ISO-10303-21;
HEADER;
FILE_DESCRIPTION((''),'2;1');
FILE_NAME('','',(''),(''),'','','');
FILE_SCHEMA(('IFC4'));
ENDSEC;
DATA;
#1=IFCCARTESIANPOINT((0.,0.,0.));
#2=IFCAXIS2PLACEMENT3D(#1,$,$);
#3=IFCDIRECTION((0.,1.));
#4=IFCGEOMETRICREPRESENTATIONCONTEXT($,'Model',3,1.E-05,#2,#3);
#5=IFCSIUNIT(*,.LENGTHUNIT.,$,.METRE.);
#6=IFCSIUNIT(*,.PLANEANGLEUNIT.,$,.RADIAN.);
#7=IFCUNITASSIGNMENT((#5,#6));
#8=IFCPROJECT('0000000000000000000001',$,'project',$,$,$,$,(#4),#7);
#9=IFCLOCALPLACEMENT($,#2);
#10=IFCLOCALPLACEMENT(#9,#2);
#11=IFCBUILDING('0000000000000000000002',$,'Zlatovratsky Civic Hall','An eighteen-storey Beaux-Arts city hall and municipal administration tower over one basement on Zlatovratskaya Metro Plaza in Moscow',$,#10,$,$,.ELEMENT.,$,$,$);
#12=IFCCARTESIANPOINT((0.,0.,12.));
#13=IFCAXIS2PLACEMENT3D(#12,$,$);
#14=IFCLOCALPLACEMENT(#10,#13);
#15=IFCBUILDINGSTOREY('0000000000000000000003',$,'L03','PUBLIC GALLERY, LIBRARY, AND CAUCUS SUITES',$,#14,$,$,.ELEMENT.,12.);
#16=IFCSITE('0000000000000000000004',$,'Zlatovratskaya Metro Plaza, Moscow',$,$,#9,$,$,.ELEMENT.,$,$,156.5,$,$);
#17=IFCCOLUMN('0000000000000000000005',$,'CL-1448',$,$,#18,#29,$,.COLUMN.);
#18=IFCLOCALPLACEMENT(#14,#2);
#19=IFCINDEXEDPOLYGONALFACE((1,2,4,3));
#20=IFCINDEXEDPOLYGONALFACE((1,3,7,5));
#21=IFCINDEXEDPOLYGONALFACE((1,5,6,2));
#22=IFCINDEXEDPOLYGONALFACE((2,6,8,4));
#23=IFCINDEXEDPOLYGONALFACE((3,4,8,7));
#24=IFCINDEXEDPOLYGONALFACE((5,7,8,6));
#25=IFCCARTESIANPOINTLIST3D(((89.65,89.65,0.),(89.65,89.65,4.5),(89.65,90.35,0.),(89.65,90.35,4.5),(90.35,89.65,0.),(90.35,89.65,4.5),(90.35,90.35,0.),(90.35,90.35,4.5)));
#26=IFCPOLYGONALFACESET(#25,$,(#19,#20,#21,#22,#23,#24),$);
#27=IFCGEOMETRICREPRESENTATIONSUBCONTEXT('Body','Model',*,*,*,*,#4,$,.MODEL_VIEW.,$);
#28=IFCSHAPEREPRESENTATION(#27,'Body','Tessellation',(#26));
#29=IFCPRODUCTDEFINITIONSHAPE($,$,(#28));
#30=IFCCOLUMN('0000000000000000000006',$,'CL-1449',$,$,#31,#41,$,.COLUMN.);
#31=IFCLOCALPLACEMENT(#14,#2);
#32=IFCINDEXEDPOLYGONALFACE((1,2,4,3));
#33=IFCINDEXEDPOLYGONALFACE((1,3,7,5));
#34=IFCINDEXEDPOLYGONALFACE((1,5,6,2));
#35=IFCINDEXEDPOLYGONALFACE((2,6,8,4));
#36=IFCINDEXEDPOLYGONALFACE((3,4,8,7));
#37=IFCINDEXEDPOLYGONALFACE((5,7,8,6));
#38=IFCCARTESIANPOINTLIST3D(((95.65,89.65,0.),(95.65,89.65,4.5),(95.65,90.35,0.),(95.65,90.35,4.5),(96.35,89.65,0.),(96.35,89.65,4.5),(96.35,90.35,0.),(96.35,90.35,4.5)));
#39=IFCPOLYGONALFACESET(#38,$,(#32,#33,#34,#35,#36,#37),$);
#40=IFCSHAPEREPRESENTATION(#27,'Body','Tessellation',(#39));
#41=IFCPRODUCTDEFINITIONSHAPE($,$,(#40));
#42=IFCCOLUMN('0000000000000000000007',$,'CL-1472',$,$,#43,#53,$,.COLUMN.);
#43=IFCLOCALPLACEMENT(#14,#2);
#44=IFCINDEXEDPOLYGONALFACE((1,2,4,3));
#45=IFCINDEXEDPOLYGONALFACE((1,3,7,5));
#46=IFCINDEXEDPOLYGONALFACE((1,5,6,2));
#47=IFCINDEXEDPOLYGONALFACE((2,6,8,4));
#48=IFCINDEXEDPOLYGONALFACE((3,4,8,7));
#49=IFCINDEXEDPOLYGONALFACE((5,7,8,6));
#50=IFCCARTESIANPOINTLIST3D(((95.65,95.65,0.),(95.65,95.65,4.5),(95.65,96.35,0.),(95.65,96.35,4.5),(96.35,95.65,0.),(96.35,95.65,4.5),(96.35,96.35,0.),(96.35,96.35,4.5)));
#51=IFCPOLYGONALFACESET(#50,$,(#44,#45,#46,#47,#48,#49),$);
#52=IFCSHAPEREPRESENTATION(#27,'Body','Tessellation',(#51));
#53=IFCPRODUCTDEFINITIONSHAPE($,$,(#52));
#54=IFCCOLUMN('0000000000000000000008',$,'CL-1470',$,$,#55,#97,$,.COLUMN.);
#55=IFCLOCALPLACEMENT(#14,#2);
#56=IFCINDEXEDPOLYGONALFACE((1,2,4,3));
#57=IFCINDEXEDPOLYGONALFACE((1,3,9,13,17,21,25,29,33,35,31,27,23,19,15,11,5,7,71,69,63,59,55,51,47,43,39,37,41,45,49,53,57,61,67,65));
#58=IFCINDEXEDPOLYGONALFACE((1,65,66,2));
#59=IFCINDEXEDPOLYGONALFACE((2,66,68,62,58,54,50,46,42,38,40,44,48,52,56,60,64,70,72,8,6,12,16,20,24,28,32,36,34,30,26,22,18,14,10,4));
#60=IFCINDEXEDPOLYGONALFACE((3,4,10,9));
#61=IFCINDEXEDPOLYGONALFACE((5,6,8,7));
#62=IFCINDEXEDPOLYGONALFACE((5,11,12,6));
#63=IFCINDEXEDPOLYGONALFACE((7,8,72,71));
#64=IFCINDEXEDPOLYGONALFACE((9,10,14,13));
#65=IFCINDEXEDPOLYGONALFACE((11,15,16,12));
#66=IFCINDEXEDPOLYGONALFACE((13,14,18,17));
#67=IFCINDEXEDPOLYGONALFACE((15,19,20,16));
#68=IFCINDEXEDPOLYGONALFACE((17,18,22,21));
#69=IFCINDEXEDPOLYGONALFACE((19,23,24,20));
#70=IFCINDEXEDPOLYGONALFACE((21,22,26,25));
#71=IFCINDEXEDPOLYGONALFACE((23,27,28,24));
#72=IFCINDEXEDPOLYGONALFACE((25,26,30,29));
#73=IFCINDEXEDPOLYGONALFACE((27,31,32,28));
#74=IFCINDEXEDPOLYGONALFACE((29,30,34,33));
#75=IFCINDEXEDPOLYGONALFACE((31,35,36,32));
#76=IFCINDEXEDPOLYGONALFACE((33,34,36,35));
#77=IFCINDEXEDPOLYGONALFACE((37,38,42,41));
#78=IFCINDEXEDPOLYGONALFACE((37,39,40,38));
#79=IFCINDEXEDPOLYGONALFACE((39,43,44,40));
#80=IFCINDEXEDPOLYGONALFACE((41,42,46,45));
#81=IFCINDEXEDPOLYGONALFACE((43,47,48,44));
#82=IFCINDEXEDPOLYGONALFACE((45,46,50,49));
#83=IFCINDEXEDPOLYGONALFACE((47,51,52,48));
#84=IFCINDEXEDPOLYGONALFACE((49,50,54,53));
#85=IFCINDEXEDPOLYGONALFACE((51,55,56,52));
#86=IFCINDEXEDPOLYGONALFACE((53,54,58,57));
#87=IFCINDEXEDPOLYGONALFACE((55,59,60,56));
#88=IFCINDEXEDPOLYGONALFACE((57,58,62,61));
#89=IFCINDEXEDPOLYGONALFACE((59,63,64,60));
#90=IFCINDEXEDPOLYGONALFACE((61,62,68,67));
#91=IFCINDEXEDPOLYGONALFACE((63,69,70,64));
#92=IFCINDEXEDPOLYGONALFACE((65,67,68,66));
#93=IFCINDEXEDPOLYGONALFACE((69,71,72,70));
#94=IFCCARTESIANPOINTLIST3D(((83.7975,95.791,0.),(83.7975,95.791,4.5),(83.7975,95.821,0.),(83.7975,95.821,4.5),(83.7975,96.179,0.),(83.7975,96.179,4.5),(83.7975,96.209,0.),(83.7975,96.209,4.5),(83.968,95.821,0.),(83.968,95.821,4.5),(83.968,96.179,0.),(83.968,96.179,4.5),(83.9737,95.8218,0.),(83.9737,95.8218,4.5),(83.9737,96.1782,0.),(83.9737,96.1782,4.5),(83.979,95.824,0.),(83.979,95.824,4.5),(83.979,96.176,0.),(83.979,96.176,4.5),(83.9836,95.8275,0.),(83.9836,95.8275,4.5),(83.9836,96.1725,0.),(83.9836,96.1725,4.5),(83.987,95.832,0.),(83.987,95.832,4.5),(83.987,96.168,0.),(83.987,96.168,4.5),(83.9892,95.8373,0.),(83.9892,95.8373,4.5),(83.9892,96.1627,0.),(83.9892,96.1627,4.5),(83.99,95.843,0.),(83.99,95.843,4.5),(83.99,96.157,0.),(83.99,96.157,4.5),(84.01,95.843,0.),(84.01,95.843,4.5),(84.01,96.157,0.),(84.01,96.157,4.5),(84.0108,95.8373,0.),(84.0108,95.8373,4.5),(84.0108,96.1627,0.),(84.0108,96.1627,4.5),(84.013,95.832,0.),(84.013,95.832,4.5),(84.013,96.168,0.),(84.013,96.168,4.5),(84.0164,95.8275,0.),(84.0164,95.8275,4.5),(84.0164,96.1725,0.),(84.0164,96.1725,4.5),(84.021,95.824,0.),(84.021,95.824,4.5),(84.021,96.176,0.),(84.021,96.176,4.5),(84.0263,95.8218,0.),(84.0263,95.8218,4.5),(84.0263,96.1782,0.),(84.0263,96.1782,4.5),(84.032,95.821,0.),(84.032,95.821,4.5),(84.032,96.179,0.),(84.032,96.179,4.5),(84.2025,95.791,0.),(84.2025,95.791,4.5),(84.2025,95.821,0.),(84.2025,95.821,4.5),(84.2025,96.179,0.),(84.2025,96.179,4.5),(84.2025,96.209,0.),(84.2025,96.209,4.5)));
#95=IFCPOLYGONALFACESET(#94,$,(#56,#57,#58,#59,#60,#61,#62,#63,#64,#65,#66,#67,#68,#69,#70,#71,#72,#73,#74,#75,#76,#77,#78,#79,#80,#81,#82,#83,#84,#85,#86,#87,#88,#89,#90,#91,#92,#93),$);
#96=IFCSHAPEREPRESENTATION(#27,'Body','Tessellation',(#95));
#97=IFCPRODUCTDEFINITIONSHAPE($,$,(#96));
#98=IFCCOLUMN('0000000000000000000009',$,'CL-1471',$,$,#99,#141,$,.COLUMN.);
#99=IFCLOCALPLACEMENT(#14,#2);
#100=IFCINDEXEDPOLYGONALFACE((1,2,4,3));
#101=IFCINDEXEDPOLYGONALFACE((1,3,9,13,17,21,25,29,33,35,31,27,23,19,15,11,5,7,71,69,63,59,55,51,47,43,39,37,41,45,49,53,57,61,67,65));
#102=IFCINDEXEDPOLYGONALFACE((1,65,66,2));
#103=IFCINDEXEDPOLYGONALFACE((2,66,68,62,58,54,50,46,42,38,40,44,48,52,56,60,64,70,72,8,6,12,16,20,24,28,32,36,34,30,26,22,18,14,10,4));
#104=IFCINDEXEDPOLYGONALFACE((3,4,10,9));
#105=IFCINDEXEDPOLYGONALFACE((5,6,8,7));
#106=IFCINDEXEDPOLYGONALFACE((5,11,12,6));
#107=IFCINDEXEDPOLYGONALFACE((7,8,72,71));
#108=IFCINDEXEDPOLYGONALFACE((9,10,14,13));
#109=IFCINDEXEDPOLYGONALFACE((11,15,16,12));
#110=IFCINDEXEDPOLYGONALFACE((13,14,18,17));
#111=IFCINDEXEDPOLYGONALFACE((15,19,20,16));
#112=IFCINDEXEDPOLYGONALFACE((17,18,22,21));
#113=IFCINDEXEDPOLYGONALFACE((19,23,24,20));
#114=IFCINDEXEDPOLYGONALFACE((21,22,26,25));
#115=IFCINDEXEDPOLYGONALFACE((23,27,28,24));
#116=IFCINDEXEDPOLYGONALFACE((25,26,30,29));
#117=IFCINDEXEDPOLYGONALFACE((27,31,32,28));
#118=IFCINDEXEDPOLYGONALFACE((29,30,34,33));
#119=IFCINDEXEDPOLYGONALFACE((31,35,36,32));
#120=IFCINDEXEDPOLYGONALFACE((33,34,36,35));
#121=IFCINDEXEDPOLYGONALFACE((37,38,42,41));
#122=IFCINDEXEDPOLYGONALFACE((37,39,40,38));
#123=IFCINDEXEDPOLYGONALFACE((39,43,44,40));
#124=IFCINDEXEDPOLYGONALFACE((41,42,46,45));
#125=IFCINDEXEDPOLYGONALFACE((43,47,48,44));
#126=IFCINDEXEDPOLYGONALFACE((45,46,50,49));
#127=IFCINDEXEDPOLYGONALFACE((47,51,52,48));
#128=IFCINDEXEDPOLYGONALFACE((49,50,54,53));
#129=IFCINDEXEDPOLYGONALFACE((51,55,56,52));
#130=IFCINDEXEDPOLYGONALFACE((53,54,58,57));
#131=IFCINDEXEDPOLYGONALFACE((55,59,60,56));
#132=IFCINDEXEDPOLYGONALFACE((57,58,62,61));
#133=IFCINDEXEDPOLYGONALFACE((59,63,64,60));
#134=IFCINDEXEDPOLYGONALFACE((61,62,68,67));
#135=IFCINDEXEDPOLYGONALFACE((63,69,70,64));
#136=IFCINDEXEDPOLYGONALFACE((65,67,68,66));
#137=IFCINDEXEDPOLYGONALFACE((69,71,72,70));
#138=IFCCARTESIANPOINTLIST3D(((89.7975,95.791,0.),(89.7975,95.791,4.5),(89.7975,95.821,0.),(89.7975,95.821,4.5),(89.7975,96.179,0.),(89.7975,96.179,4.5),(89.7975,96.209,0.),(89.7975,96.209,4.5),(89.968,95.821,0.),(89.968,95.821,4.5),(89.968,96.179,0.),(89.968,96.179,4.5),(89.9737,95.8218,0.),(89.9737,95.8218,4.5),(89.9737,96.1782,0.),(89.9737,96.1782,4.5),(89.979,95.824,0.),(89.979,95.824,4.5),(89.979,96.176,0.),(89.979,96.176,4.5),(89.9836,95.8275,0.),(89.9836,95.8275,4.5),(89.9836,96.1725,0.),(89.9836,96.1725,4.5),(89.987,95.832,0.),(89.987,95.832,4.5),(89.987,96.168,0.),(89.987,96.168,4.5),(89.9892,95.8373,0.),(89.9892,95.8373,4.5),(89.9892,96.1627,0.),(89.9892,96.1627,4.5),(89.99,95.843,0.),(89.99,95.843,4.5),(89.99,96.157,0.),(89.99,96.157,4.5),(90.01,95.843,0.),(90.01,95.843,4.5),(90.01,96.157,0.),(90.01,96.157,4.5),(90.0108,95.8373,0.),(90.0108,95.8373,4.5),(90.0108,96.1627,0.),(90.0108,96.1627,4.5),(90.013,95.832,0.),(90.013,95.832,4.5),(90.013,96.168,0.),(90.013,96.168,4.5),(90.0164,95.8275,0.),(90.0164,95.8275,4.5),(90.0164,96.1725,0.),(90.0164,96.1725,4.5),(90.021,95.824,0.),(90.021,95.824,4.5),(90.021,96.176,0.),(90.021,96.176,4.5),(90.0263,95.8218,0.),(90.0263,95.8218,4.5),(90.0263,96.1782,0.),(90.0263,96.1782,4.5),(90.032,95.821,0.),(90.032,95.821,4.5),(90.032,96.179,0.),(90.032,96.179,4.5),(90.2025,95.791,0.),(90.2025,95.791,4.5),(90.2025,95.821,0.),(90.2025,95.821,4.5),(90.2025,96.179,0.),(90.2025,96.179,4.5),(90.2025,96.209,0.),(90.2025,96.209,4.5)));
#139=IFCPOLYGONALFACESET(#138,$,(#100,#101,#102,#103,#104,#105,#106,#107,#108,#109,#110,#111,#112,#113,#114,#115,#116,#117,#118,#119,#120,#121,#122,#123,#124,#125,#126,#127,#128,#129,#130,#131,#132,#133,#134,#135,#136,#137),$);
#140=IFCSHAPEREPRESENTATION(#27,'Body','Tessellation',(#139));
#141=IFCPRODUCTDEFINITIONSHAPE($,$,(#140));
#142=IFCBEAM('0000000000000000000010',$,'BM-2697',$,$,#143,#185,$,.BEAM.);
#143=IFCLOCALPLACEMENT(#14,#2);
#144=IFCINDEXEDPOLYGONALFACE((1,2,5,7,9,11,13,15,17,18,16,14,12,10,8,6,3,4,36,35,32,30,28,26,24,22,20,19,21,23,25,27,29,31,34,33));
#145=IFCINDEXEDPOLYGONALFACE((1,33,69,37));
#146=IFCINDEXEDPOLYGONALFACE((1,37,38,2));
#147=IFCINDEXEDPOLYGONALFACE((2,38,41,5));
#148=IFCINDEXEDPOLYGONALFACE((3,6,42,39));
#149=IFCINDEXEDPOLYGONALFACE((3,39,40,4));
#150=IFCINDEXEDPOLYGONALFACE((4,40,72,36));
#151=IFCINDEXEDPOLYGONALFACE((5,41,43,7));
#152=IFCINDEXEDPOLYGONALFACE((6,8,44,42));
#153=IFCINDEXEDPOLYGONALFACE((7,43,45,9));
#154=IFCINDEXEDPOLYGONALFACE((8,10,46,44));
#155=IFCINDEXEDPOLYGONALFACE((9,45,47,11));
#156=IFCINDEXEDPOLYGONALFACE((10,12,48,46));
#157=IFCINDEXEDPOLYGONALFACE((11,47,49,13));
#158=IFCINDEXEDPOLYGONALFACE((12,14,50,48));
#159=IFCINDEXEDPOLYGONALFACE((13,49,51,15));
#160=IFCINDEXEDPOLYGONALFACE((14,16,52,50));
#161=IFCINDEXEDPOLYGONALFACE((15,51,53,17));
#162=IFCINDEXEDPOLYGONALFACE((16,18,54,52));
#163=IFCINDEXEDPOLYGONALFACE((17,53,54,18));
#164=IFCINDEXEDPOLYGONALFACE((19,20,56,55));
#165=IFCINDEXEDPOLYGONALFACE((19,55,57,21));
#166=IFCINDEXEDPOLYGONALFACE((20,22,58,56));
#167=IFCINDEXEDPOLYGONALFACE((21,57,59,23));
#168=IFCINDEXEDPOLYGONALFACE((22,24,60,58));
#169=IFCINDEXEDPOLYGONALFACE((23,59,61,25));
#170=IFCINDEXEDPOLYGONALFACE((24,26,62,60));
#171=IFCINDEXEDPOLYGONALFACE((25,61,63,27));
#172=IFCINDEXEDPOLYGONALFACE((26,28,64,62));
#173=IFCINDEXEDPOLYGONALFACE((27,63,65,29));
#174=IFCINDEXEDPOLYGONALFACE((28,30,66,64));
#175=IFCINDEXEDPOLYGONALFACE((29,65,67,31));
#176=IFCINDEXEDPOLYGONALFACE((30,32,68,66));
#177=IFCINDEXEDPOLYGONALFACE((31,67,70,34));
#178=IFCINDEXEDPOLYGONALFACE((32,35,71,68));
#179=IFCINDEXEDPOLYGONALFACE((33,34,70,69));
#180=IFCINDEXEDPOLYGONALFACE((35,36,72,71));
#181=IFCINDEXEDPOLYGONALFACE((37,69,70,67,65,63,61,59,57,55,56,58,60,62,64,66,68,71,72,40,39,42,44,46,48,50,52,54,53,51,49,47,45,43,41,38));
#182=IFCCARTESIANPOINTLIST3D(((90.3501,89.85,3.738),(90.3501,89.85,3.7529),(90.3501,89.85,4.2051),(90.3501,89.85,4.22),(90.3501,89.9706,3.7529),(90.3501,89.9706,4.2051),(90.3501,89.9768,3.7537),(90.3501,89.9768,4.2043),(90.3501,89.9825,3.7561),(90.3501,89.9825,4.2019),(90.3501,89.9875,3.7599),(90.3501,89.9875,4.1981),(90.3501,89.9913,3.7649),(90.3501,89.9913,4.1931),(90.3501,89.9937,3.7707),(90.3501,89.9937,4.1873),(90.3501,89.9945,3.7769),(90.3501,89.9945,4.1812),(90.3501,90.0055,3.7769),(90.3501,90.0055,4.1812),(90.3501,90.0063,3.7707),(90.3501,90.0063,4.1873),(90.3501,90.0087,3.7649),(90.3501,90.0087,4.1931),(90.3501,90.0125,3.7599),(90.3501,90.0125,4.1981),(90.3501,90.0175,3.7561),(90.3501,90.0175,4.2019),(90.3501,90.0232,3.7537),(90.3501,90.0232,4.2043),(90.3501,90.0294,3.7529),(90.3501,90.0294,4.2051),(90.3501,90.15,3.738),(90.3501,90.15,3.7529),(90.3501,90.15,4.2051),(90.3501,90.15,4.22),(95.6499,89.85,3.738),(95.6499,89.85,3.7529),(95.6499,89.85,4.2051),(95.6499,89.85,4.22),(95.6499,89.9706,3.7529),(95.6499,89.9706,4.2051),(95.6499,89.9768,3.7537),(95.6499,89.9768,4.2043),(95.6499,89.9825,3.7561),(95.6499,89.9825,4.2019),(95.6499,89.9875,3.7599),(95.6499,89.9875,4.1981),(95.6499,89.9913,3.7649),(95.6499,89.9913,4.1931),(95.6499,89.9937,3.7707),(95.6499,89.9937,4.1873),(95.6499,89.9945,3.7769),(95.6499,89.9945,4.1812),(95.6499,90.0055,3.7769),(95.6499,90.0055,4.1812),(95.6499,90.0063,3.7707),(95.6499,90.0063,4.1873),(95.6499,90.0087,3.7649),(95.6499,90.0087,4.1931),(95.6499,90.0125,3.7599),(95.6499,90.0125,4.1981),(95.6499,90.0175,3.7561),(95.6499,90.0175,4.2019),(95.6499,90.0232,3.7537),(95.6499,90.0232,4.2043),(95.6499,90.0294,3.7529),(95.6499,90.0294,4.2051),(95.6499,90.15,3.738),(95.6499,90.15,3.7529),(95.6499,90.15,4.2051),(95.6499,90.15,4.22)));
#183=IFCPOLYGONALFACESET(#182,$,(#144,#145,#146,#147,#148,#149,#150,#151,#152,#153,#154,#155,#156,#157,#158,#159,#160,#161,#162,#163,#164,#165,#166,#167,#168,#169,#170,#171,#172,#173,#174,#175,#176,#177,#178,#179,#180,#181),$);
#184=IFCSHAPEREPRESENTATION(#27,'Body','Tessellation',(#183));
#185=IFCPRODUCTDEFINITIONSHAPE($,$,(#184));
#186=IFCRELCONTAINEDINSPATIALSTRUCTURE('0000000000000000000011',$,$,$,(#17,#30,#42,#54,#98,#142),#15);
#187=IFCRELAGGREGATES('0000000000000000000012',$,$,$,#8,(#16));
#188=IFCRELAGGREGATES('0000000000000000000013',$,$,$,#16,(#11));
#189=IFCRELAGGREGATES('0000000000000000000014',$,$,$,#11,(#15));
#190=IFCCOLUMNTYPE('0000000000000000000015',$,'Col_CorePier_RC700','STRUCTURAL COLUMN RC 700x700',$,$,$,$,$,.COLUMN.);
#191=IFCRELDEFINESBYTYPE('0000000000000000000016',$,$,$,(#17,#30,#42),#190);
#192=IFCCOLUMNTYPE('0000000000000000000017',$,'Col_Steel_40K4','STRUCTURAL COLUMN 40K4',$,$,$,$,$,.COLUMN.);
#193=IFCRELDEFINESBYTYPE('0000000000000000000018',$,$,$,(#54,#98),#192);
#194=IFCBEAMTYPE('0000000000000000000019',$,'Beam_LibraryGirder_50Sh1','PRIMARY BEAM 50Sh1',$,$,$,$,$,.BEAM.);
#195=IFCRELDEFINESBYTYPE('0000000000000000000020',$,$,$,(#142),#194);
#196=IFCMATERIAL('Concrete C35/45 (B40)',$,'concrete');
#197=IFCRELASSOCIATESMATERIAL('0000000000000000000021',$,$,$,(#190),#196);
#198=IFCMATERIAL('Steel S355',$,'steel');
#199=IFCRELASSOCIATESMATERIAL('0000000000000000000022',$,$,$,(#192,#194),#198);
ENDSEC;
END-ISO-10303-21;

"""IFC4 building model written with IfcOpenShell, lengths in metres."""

from ifc_helpers import new_model, si_unit, direction, frame, origin, origin_2d, place, context, subcontext, project, spatial, rectangle, i_section, extrude, material, material_profile, profile_set, type_object, element, save


model = new_model("IFC4")

# Units and contexts
model_context = context("Model", 3, precision=1e-05, world=origin(), true_north=direction((0.0, 1.0)))
body_context = subcontext(model_context, "Body", "Model", "MODEL_VIEW")
ifc_project = project(units=[si_unit("LENGTHUNIT", "METRE"), si_unit("PLANEANGLEUNIT", "RADIAN")], contexts=[model_context])

# Site, building, storey
site_placement = place(None, origin())
site = spatial("IfcSite", under=ifc_project, at=site_placement, Name="Zlatovratskaya Metro Plaza, Moscow", CompositionType="ELEMENT", RefElevation=156.5)
building_placement = place(site_placement, origin())
building = spatial("IfcBuilding", under=site, at=building_placement, Name="Zlatovratsky Civic Hall", Description="An eighteen-storey Beaux-Arts city hall and municipal administration tower over one basement on Zlatovratskaya Metro Plaza in Moscow", CompositionType="ELEMENT")
storey_placement = place(building_placement, frame((0.0, 0.0, 12.0)))
storey = spatial("IfcBuildingStorey", under=building, at=storey_placement, Name="L03", Description="PUBLIC GALLERY, LIBRARY, AND CAUCUS SUITES", CompositionType="ELEMENT", Elevation=12.0)

# Columns
ifc_material_1 = material(Name="Concrete C35/45 (B40)", Category="concrete")
ifc_material_profile_1 = material_profile(ifc_material_1, rectangle(XDim=0.7, YDim=0.7, at=origin_2d()), Name="RC 700x700")
ifc_profile_set_1 = profile_set([ifc_material_profile_1], Name="Concrete C35/45 (B40)")
column_type_1 = type_object("IfcColumnType", Name="Col_CorePier_RC700", Description="STRUCTURAL COLUMN RC 700x700", PredefinedType="COLUMN", material=ifc_profile_set_1)
for number, where, z_axis, x_axis, name in (
    (1, (90.0, 90.0, 0.0), (0.0, 0.0, 1.0), (1.0, 0.0, 0.0), "CL-1448"),
    (2, (96.0, 90.0, 0.0), (0.0, 0.0, 1.0), (1.0, 0.0, 0.0), "CL-1449"),
    (3, (96.0, 96.0, 0.0), (0.0, 0.0, 1.0), (1.0, 0.0, 0.0), "CL-1472"),
):
    element("IfcColumn", number, at=place(storey_placement, frame(where, z_axis=z_axis, x_axis=x_axis)), inside=storey, type_object=column_type_1, Name=name, PredefinedType="COLUMN", context=body_context, shape_type="SweptSolid", body=[
        extrude(rectangle(XDim=0.7, YDim=0.7, at=origin_2d()), origin(), (0.0, 0.0, 1.0), 4.5),
    ])
ifc_material_2 = material(Name="Steel S355", Category="steel")
ifc_material_profile_2 = material_profile(ifc_material_2, i_section(OverallWidth=0.405, OverallDepth=0.418, WebThickness=0.02, FlangeThickness=0.03, FilletRadius=0.022, at=origin_2d()), Name="40K4")
ifc_profile_set_2 = profile_set([ifc_material_profile_2], Name="Steel S355")
column_type_2 = type_object("IfcColumnType", Name="Col_Steel_40K4", Description="STRUCTURAL COLUMN 40K4", PredefinedType="COLUMN", material=ifc_profile_set_2)
for number, where, z_axis, x_axis, name in (
    (4, (84.0, 96.0, 0.0), (0.0, 0.0, 1.0), (1.0, 0.0, 0.0), "CL-1470"),
    (5, (90.0, 96.0, 0.0), (0.0, 0.0, 1.0), (1.0, 0.0, 0.0), "CL-1471"),
):
    element("IfcColumn", number, at=place(storey_placement, frame(where, z_axis=z_axis, x_axis=x_axis)), inside=storey, type_object=column_type_2, Name=name, PredefinedType="COLUMN", context=body_context, shape_type="SweptSolid", body=[
        extrude(i_section(OverallWidth=0.405, OverallDepth=0.418, WebThickness=0.02, FlangeThickness=0.03, FilletRadius=0.022, at=origin_2d()), origin(), (0.0, 0.0, 1.0), 4.5),
    ])

# Beam
ifc_material_profile_3 = material_profile(ifc_material_2, i_section(OverallWidth=0.3, OverallDepth=0.4819, WebThickness=0.011, FlangeThickness=0.0149, FilletRadius=0.0239, at=origin_2d()), Name="50Sh1")
ifc_profile_set_3 = profile_set([ifc_material_profile_3], Name="Steel S355")
beam_type_1 = type_object("IfcBeamType", Name="Beam_LibraryGirder_50Sh1", Description="PRIMARY BEAM 50Sh1", PredefinedType="BEAM", material=ifc_profile_set_3)
beam_1_placement = place(storey_placement, frame((90.3501, 90.0, 3.979), z_axis=(1.0, 0.0, 0.0), x_axis=(0.0, 1.0, 0.0)))
element("IfcBeam", 6, at=beam_1_placement, inside=storey, type_object=beam_type_1, Name="BM-2697", PredefinedType="BEAM", context=body_context, shape_type="SweptSolid", body=[
    extrude(i_section(OverallWidth=0.3, OverallDepth=0.4819, WebThickness=0.011, FlangeThickness=0.0149, FilletRadius=0.0239, at=origin_2d()), origin(), (0.0, 0.0, 1.0), 5.2998),
])

save(model, "model.ifc")
